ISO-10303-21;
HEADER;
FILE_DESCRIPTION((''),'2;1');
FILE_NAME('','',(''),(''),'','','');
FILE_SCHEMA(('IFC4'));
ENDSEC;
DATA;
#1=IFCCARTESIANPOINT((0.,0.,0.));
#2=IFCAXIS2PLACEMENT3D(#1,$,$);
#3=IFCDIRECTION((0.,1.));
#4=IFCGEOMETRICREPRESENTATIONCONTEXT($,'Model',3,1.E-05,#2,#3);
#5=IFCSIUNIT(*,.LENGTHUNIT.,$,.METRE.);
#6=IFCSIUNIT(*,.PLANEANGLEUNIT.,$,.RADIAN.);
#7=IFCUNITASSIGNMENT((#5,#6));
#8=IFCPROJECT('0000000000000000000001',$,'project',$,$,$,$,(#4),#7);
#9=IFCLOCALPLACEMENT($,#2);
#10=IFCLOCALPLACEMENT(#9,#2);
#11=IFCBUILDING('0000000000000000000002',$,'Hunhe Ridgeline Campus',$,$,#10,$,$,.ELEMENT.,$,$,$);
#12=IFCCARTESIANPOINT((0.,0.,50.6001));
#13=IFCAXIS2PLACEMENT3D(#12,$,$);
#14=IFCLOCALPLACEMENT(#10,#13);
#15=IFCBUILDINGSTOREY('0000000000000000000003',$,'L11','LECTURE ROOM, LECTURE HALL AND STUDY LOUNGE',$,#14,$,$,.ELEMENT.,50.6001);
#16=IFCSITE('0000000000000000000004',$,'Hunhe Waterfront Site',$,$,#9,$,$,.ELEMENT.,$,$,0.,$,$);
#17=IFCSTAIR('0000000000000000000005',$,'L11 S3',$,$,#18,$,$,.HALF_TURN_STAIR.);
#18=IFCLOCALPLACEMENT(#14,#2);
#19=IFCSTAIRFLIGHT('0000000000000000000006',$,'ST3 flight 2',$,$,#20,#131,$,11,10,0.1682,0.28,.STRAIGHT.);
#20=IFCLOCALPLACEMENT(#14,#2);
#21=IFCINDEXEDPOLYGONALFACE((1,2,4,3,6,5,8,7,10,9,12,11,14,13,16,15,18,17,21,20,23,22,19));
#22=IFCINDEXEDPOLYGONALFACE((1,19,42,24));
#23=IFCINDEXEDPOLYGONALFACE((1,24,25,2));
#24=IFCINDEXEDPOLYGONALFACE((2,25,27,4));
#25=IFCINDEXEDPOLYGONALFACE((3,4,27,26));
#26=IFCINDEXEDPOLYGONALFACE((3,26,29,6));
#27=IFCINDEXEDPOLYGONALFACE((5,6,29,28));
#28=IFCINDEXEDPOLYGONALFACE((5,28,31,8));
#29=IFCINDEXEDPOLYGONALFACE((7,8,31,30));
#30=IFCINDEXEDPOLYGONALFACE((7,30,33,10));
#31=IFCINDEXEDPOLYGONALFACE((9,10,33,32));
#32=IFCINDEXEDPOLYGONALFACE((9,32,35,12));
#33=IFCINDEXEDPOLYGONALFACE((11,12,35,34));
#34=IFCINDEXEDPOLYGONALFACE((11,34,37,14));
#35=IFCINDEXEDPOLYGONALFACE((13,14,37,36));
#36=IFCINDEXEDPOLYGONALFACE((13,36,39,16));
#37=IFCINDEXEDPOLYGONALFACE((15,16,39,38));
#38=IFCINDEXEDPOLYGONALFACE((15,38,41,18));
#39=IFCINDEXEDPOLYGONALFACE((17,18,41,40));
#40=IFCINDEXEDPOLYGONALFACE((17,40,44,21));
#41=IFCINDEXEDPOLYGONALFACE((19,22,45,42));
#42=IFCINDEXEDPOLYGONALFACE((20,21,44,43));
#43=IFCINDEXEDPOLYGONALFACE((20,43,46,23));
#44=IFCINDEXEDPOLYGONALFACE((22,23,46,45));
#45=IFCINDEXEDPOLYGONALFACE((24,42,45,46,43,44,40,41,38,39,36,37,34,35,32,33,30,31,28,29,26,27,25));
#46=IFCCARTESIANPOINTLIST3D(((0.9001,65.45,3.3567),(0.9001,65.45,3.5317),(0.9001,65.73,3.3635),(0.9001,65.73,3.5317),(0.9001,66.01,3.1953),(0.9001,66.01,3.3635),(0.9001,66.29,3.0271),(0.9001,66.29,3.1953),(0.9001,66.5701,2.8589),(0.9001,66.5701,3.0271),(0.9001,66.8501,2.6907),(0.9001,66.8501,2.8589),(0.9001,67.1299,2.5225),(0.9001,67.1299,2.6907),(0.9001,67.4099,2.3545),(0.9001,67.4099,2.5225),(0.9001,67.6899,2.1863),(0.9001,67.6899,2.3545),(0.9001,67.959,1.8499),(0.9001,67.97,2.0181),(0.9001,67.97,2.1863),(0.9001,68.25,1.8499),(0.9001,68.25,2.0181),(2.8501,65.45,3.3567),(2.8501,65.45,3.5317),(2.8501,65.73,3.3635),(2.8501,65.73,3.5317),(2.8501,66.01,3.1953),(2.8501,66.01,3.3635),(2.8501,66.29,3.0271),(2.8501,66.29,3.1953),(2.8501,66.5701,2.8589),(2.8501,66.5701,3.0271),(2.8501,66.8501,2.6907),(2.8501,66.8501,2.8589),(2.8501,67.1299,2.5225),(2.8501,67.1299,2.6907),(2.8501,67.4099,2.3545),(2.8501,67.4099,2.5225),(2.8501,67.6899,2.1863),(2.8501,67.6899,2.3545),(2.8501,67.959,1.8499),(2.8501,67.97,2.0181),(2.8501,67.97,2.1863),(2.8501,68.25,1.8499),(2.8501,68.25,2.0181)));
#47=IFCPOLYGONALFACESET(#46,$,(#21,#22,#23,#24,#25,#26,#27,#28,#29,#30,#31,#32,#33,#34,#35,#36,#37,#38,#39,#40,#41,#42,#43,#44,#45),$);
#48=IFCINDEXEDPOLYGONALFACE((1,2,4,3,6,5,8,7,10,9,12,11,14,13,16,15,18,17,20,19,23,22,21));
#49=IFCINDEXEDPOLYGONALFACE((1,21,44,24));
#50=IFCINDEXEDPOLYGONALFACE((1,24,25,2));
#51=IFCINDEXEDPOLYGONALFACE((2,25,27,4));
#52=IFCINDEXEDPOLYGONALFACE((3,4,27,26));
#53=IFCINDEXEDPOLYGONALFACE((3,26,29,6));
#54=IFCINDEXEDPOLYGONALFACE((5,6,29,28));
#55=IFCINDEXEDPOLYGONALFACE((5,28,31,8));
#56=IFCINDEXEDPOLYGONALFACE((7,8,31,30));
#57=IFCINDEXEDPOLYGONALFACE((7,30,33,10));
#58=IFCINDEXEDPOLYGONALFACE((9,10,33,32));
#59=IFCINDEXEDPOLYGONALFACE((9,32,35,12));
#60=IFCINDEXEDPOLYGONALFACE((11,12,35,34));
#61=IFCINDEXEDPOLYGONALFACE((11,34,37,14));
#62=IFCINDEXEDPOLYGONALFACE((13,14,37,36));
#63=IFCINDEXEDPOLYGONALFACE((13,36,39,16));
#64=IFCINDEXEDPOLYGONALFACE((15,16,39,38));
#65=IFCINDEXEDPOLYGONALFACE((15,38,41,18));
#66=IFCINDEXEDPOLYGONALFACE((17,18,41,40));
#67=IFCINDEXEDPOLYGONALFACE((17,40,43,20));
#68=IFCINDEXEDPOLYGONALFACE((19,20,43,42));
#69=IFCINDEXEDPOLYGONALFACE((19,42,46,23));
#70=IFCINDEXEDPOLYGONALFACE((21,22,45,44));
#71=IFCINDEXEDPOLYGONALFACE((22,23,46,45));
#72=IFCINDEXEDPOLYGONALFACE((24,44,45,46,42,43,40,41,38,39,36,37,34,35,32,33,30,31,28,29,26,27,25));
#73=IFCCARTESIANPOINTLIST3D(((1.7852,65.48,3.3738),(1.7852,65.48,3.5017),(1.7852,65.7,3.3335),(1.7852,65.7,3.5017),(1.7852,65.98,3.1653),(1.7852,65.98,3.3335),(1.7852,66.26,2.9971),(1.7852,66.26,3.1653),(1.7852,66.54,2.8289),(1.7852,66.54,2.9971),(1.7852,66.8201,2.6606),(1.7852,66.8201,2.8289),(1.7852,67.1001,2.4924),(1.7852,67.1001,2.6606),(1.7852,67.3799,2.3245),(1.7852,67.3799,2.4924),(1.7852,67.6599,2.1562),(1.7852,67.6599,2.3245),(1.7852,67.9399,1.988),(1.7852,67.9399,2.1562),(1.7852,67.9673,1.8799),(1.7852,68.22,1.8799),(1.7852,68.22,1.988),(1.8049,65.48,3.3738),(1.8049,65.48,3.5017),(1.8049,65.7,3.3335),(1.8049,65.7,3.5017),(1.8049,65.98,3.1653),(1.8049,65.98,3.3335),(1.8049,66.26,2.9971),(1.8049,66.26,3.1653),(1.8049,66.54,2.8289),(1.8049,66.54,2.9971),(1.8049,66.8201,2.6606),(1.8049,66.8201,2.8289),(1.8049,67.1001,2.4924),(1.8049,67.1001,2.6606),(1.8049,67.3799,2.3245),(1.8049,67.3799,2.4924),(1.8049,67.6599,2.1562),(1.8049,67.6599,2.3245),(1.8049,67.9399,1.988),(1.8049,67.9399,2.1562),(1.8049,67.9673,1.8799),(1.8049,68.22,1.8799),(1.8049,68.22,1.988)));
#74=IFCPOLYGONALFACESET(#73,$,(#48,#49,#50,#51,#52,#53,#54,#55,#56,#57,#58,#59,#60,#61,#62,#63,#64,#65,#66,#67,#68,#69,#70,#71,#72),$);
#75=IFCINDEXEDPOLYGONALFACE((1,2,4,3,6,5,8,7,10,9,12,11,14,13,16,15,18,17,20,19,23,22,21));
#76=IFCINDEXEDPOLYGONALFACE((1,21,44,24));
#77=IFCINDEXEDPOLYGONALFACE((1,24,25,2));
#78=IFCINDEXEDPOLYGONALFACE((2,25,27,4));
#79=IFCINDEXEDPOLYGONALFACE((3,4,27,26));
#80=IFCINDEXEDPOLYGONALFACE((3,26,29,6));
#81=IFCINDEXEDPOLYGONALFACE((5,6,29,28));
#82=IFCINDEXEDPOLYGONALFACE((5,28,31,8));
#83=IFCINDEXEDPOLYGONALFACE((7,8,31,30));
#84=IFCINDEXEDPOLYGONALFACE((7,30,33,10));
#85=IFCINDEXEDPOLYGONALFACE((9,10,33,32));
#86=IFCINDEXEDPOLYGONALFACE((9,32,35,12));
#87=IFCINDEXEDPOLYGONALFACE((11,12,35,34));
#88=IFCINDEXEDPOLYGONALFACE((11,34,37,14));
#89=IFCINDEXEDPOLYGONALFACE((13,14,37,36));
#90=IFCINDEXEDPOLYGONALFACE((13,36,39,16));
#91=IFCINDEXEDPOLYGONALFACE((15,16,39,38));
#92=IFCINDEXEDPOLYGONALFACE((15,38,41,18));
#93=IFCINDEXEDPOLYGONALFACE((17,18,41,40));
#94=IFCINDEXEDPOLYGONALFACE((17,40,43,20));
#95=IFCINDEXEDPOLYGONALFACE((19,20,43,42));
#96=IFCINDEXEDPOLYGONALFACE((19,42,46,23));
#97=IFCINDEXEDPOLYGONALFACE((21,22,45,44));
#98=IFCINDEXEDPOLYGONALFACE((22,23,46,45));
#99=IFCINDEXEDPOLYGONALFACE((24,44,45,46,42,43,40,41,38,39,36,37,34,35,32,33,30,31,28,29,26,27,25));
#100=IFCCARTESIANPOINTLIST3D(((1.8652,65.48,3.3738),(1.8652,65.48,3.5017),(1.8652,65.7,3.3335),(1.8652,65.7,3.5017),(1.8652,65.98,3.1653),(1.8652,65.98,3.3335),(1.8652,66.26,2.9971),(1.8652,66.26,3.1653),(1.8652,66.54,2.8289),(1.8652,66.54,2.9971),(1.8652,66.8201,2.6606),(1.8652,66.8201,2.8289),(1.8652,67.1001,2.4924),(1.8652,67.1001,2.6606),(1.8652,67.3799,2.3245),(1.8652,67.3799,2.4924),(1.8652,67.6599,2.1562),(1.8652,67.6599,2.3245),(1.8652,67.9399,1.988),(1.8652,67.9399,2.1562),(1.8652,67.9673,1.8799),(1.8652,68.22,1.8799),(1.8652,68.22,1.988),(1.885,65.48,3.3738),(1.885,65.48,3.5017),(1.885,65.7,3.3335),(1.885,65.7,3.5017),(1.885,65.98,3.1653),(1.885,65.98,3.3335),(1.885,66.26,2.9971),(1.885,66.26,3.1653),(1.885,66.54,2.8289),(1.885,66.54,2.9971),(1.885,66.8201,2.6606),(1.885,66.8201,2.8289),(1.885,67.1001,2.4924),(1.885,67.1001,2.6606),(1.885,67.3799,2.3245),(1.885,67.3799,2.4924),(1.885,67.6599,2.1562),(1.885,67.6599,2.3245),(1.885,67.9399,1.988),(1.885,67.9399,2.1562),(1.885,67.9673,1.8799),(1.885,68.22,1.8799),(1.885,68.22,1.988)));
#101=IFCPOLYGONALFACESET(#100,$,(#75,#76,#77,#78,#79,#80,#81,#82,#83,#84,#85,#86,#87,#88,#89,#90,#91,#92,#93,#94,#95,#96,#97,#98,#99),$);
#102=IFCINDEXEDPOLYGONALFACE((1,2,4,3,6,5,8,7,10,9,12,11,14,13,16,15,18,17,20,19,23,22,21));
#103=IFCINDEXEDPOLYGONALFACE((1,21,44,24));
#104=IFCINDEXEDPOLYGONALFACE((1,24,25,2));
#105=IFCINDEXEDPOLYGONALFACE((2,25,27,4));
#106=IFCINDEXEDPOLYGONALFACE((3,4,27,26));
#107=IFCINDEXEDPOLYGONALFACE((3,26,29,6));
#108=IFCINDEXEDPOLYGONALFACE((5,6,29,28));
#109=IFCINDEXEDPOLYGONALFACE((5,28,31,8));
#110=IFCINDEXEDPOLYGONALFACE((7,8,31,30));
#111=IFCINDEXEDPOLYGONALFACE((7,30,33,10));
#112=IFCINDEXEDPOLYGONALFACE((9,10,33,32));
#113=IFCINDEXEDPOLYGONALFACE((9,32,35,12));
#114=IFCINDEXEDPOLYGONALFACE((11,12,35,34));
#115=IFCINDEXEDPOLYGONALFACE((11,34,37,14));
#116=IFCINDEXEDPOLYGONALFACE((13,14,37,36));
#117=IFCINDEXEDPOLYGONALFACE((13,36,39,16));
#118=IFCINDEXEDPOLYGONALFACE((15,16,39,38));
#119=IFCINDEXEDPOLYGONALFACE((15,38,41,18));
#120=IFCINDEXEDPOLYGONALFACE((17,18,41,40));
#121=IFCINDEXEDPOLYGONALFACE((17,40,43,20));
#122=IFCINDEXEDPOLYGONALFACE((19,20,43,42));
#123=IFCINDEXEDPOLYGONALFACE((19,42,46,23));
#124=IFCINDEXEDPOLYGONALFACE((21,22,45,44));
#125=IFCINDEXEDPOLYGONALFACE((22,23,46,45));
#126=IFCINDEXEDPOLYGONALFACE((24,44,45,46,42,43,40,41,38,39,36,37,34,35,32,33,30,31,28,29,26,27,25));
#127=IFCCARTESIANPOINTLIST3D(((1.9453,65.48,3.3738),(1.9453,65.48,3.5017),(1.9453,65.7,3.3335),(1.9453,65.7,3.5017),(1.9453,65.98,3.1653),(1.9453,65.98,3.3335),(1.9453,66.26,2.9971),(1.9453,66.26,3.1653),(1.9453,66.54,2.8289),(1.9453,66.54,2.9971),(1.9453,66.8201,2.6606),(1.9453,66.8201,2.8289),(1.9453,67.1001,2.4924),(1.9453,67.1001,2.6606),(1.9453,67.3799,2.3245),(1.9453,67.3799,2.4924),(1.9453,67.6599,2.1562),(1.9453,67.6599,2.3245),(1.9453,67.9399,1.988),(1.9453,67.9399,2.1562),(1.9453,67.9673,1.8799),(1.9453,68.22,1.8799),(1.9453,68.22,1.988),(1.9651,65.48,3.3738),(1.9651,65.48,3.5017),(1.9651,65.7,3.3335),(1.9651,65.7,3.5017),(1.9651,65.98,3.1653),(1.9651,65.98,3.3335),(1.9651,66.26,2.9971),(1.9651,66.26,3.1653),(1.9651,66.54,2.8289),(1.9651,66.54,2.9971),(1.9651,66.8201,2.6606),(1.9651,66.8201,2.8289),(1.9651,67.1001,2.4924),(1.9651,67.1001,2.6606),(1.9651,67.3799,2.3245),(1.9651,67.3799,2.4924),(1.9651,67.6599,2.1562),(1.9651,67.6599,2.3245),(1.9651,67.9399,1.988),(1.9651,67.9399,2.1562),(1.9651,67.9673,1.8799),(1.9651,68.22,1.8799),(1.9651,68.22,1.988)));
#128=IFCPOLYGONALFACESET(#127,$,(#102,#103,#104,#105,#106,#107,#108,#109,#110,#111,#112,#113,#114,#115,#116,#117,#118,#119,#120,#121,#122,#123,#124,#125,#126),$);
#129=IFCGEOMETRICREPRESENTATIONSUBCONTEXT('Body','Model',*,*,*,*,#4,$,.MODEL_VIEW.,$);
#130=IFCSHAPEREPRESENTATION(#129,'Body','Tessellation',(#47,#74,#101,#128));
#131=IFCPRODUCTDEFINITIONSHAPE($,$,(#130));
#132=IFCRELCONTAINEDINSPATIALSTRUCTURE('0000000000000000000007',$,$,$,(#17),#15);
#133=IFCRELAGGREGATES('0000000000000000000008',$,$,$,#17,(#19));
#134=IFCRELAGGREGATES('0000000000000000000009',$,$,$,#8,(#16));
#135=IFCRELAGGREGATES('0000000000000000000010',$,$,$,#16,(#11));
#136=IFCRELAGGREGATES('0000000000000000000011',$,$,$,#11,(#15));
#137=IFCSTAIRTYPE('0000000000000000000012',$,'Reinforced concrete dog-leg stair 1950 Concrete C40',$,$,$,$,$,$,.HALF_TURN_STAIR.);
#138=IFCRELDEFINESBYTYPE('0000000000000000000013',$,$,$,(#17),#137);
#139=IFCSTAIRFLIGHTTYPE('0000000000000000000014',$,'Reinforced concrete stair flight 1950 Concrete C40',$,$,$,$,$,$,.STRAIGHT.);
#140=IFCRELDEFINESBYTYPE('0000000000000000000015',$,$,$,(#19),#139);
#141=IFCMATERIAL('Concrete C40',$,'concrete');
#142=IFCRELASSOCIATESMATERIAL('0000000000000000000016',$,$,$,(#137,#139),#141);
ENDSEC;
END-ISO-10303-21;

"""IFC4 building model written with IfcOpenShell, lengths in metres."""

from ifc_helpers import new_model, si_unit, direction, frame, origin, place, context, subcontext, project, spatial, polyline, outline, extrude, material, type_object, element, aggregate, save


model = new_model("IFC4")

# Units and contexts
model_context = context("Model", 3, precision=1e-05, world=origin(), true_north=direction((0.0, 1.0)))
body_context = subcontext(model_context, "Body", "Model", "MODEL_VIEW")
ifc_project = project(units=[si_unit("LENGTHUNIT", "METRE"), si_unit("PLANEANGLEUNIT", "RADIAN")], contexts=[model_context])

# Site, building, storey
site_placement = place(None, origin())
site = spatial("IfcSite", under=ifc_project, at=site_placement, Name="Hunhe Waterfront Site", CompositionType="ELEMENT", RefElevation=0.0)
building_placement = place(site_placement, origin())
building = spatial("IfcBuilding", under=site, at=building_placement, Name="Hunhe Ridgeline Campus", CompositionType="ELEMENT")
storey_placement = place(building_placement, frame((0.0, 0.0, 50.6001)))
storey = spatial("IfcBuildingStorey", under=building, at=storey_placement, Name="L11", Description="LECTURE ROOM, LECTURE HALL AND STUDY LOUNGE", CompositionType="ELEMENT", Elevation=50.6001)

# Stair, stair flight
ifc_material_1 = material(Name="Concrete C40", Category="concrete")
stair_type = type_object("IfcStairType", Name="Reinforced concrete dog-leg stair 1950 Concrete C40", PredefinedType="HALF_TURN_STAIR", material=ifc_material_1)
stair_1_placement = place(storey_placement, origin())
stair_1 = element("IfcStair", 1, at=stair_1_placement, inside=storey, type_object=stair_type, Name="L11 S3", PredefinedType="HALF_TURN_STAIR")
stair_flight_type = type_object("IfcStairFlightType", Name="Reinforced concrete stair flight 1950 Concrete C40", PredefinedType="STRAIGHT", material=ifc_material_1)
stair_flight_1_placement = place(storey_placement, frame((1.875, 68.25, 1.8499), z_axis=(0.0, 0.0, 1.0), x_axis=(0.0, -1.0, 0.0)))
stair_flight_1 = element("IfcStairFlight", 2, at=stair_flight_1_placement, type_object=stair_flight_type, Name="ST3 flight 2", NumberOfRisers=11, NumberOfTreads=10, PredefinedType="STRAIGHT", RiserHeight=0.1682, TreadLength=0.28, context=body_context, shape_type="SweptSolid", body=[
    extrude(outline(polyline([(0.0, 0.0), (0.0, 0.1682), (0.28, 0.1682), (0.28, 0.3364), (0.5601, 0.3364), (0.5601, 0.5046), (0.8401, 0.5046), (0.8401, 0.6726), (1.1201, 0.6726), (1.1201, 0.8408), (1.3999, 0.8408), (1.3999, 1.009), (1.6799, 1.009), (1.6799, 1.1772), (1.96, 1.1772), (1.96, 1.3455), (2.24, 1.3455), (2.24, 1.5137), (2.52, 1.5137), (2.52, 1.6819), (2.8, 1.6819), (2.8, 1.8501), (2.8, 1.5068), (0.291, 0.0), (0.0, 0.0)])), frame((0.0, 0.9751, 0.0), z_axis=(0.0, -1.0, 0.0), x_axis=(1.0, 0.0, 0.0)), (0.0, 0.0, 1.0), 1.95),
    extrude(outline(polyline([(0.03, 0.03), (0.03, 0.1382), (0.3101, 0.1382), (0.3101, 0.3064), (0.5901, 0.3064), (0.5901, 0.4746), (0.8701, 0.4746), (0.8701, 0.6426), (1.1499, 0.6426), (1.1499, 0.8108), (1.4299, 0.8108), (1.4299, 0.979), (1.71, 0.979), (1.71, 1.1472), (1.99, 1.1472), (1.99, 1.3154), (2.27, 1.3154), (2.27, 1.4836), (2.55, 1.4836), (2.55, 1.6519), (2.77, 1.6519), (2.77, 1.5239), (0.2827, 0.03), (0.03, 0.03)])), frame((0.0, -0.0701, 0.0), z_axis=(0.0, -1.0, 0.0), x_axis=(1.0, 0.0, 0.0)), (0.0, 0.0, 1.0), 0.0198),
    extrude(outline(polyline([(0.03, 0.03), (0.03, 0.1382), (0.3101, 0.1382), (0.3101, 0.3064), (0.5901, 0.3064), (0.5901, 0.4746), (0.8701, 0.4746), (0.8701, 0.6426), (1.1499, 0.6426), (1.1499, 0.8108), (1.4299, 0.8108), (1.4299, 0.979), (1.71, 0.979), (1.71, 1.1472), (1.99, 1.1472), (1.99, 1.3154), (2.27, 1.3154), (2.27, 1.4836), (2.55, 1.4836), (2.55, 1.6519), (2.77, 1.6519), (2.77, 1.5239), (0.2827, 0.03), (0.03, 0.03)])), frame((0.0, 0.01, 0.0), z_axis=(0.0, -1.0, 0.0), x_axis=(1.0, 0.0, 0.0)), (0.0, 0.0, 1.0), 0.0198),
    extrude(outline(polyline([(0.03, 0.03), (0.03, 0.1382), (0.3101, 0.1382), (0.3101, 0.3064), (0.5901, 0.3064), (0.5901, 0.4746), (0.8701, 0.4746), (0.8701, 0.6426), (1.1499, 0.6426), (1.1499, 0.8108), (1.4299, 0.8108), (1.4299, 0.979), (1.71, 0.979), (1.71, 1.1472), (1.99, 1.1472), (1.99, 1.3154), (2.27, 1.3154), (2.27, 1.4836), (2.55, 1.4836), (2.55, 1.6519), (2.77, 1.6519), (2.77, 1.5239), (0.2827, 0.03), (0.03, 0.03)])), frame((0.0, 0.0901, 0.0), z_axis=(0.0, -1.0, 0.0), x_axis=(1.0, 0.0, 0.0)), (0.0, 0.0, 1.0), 0.0198),
])
aggregate(stair_1, [stair_flight_1])

save(model, "model.ifc")
